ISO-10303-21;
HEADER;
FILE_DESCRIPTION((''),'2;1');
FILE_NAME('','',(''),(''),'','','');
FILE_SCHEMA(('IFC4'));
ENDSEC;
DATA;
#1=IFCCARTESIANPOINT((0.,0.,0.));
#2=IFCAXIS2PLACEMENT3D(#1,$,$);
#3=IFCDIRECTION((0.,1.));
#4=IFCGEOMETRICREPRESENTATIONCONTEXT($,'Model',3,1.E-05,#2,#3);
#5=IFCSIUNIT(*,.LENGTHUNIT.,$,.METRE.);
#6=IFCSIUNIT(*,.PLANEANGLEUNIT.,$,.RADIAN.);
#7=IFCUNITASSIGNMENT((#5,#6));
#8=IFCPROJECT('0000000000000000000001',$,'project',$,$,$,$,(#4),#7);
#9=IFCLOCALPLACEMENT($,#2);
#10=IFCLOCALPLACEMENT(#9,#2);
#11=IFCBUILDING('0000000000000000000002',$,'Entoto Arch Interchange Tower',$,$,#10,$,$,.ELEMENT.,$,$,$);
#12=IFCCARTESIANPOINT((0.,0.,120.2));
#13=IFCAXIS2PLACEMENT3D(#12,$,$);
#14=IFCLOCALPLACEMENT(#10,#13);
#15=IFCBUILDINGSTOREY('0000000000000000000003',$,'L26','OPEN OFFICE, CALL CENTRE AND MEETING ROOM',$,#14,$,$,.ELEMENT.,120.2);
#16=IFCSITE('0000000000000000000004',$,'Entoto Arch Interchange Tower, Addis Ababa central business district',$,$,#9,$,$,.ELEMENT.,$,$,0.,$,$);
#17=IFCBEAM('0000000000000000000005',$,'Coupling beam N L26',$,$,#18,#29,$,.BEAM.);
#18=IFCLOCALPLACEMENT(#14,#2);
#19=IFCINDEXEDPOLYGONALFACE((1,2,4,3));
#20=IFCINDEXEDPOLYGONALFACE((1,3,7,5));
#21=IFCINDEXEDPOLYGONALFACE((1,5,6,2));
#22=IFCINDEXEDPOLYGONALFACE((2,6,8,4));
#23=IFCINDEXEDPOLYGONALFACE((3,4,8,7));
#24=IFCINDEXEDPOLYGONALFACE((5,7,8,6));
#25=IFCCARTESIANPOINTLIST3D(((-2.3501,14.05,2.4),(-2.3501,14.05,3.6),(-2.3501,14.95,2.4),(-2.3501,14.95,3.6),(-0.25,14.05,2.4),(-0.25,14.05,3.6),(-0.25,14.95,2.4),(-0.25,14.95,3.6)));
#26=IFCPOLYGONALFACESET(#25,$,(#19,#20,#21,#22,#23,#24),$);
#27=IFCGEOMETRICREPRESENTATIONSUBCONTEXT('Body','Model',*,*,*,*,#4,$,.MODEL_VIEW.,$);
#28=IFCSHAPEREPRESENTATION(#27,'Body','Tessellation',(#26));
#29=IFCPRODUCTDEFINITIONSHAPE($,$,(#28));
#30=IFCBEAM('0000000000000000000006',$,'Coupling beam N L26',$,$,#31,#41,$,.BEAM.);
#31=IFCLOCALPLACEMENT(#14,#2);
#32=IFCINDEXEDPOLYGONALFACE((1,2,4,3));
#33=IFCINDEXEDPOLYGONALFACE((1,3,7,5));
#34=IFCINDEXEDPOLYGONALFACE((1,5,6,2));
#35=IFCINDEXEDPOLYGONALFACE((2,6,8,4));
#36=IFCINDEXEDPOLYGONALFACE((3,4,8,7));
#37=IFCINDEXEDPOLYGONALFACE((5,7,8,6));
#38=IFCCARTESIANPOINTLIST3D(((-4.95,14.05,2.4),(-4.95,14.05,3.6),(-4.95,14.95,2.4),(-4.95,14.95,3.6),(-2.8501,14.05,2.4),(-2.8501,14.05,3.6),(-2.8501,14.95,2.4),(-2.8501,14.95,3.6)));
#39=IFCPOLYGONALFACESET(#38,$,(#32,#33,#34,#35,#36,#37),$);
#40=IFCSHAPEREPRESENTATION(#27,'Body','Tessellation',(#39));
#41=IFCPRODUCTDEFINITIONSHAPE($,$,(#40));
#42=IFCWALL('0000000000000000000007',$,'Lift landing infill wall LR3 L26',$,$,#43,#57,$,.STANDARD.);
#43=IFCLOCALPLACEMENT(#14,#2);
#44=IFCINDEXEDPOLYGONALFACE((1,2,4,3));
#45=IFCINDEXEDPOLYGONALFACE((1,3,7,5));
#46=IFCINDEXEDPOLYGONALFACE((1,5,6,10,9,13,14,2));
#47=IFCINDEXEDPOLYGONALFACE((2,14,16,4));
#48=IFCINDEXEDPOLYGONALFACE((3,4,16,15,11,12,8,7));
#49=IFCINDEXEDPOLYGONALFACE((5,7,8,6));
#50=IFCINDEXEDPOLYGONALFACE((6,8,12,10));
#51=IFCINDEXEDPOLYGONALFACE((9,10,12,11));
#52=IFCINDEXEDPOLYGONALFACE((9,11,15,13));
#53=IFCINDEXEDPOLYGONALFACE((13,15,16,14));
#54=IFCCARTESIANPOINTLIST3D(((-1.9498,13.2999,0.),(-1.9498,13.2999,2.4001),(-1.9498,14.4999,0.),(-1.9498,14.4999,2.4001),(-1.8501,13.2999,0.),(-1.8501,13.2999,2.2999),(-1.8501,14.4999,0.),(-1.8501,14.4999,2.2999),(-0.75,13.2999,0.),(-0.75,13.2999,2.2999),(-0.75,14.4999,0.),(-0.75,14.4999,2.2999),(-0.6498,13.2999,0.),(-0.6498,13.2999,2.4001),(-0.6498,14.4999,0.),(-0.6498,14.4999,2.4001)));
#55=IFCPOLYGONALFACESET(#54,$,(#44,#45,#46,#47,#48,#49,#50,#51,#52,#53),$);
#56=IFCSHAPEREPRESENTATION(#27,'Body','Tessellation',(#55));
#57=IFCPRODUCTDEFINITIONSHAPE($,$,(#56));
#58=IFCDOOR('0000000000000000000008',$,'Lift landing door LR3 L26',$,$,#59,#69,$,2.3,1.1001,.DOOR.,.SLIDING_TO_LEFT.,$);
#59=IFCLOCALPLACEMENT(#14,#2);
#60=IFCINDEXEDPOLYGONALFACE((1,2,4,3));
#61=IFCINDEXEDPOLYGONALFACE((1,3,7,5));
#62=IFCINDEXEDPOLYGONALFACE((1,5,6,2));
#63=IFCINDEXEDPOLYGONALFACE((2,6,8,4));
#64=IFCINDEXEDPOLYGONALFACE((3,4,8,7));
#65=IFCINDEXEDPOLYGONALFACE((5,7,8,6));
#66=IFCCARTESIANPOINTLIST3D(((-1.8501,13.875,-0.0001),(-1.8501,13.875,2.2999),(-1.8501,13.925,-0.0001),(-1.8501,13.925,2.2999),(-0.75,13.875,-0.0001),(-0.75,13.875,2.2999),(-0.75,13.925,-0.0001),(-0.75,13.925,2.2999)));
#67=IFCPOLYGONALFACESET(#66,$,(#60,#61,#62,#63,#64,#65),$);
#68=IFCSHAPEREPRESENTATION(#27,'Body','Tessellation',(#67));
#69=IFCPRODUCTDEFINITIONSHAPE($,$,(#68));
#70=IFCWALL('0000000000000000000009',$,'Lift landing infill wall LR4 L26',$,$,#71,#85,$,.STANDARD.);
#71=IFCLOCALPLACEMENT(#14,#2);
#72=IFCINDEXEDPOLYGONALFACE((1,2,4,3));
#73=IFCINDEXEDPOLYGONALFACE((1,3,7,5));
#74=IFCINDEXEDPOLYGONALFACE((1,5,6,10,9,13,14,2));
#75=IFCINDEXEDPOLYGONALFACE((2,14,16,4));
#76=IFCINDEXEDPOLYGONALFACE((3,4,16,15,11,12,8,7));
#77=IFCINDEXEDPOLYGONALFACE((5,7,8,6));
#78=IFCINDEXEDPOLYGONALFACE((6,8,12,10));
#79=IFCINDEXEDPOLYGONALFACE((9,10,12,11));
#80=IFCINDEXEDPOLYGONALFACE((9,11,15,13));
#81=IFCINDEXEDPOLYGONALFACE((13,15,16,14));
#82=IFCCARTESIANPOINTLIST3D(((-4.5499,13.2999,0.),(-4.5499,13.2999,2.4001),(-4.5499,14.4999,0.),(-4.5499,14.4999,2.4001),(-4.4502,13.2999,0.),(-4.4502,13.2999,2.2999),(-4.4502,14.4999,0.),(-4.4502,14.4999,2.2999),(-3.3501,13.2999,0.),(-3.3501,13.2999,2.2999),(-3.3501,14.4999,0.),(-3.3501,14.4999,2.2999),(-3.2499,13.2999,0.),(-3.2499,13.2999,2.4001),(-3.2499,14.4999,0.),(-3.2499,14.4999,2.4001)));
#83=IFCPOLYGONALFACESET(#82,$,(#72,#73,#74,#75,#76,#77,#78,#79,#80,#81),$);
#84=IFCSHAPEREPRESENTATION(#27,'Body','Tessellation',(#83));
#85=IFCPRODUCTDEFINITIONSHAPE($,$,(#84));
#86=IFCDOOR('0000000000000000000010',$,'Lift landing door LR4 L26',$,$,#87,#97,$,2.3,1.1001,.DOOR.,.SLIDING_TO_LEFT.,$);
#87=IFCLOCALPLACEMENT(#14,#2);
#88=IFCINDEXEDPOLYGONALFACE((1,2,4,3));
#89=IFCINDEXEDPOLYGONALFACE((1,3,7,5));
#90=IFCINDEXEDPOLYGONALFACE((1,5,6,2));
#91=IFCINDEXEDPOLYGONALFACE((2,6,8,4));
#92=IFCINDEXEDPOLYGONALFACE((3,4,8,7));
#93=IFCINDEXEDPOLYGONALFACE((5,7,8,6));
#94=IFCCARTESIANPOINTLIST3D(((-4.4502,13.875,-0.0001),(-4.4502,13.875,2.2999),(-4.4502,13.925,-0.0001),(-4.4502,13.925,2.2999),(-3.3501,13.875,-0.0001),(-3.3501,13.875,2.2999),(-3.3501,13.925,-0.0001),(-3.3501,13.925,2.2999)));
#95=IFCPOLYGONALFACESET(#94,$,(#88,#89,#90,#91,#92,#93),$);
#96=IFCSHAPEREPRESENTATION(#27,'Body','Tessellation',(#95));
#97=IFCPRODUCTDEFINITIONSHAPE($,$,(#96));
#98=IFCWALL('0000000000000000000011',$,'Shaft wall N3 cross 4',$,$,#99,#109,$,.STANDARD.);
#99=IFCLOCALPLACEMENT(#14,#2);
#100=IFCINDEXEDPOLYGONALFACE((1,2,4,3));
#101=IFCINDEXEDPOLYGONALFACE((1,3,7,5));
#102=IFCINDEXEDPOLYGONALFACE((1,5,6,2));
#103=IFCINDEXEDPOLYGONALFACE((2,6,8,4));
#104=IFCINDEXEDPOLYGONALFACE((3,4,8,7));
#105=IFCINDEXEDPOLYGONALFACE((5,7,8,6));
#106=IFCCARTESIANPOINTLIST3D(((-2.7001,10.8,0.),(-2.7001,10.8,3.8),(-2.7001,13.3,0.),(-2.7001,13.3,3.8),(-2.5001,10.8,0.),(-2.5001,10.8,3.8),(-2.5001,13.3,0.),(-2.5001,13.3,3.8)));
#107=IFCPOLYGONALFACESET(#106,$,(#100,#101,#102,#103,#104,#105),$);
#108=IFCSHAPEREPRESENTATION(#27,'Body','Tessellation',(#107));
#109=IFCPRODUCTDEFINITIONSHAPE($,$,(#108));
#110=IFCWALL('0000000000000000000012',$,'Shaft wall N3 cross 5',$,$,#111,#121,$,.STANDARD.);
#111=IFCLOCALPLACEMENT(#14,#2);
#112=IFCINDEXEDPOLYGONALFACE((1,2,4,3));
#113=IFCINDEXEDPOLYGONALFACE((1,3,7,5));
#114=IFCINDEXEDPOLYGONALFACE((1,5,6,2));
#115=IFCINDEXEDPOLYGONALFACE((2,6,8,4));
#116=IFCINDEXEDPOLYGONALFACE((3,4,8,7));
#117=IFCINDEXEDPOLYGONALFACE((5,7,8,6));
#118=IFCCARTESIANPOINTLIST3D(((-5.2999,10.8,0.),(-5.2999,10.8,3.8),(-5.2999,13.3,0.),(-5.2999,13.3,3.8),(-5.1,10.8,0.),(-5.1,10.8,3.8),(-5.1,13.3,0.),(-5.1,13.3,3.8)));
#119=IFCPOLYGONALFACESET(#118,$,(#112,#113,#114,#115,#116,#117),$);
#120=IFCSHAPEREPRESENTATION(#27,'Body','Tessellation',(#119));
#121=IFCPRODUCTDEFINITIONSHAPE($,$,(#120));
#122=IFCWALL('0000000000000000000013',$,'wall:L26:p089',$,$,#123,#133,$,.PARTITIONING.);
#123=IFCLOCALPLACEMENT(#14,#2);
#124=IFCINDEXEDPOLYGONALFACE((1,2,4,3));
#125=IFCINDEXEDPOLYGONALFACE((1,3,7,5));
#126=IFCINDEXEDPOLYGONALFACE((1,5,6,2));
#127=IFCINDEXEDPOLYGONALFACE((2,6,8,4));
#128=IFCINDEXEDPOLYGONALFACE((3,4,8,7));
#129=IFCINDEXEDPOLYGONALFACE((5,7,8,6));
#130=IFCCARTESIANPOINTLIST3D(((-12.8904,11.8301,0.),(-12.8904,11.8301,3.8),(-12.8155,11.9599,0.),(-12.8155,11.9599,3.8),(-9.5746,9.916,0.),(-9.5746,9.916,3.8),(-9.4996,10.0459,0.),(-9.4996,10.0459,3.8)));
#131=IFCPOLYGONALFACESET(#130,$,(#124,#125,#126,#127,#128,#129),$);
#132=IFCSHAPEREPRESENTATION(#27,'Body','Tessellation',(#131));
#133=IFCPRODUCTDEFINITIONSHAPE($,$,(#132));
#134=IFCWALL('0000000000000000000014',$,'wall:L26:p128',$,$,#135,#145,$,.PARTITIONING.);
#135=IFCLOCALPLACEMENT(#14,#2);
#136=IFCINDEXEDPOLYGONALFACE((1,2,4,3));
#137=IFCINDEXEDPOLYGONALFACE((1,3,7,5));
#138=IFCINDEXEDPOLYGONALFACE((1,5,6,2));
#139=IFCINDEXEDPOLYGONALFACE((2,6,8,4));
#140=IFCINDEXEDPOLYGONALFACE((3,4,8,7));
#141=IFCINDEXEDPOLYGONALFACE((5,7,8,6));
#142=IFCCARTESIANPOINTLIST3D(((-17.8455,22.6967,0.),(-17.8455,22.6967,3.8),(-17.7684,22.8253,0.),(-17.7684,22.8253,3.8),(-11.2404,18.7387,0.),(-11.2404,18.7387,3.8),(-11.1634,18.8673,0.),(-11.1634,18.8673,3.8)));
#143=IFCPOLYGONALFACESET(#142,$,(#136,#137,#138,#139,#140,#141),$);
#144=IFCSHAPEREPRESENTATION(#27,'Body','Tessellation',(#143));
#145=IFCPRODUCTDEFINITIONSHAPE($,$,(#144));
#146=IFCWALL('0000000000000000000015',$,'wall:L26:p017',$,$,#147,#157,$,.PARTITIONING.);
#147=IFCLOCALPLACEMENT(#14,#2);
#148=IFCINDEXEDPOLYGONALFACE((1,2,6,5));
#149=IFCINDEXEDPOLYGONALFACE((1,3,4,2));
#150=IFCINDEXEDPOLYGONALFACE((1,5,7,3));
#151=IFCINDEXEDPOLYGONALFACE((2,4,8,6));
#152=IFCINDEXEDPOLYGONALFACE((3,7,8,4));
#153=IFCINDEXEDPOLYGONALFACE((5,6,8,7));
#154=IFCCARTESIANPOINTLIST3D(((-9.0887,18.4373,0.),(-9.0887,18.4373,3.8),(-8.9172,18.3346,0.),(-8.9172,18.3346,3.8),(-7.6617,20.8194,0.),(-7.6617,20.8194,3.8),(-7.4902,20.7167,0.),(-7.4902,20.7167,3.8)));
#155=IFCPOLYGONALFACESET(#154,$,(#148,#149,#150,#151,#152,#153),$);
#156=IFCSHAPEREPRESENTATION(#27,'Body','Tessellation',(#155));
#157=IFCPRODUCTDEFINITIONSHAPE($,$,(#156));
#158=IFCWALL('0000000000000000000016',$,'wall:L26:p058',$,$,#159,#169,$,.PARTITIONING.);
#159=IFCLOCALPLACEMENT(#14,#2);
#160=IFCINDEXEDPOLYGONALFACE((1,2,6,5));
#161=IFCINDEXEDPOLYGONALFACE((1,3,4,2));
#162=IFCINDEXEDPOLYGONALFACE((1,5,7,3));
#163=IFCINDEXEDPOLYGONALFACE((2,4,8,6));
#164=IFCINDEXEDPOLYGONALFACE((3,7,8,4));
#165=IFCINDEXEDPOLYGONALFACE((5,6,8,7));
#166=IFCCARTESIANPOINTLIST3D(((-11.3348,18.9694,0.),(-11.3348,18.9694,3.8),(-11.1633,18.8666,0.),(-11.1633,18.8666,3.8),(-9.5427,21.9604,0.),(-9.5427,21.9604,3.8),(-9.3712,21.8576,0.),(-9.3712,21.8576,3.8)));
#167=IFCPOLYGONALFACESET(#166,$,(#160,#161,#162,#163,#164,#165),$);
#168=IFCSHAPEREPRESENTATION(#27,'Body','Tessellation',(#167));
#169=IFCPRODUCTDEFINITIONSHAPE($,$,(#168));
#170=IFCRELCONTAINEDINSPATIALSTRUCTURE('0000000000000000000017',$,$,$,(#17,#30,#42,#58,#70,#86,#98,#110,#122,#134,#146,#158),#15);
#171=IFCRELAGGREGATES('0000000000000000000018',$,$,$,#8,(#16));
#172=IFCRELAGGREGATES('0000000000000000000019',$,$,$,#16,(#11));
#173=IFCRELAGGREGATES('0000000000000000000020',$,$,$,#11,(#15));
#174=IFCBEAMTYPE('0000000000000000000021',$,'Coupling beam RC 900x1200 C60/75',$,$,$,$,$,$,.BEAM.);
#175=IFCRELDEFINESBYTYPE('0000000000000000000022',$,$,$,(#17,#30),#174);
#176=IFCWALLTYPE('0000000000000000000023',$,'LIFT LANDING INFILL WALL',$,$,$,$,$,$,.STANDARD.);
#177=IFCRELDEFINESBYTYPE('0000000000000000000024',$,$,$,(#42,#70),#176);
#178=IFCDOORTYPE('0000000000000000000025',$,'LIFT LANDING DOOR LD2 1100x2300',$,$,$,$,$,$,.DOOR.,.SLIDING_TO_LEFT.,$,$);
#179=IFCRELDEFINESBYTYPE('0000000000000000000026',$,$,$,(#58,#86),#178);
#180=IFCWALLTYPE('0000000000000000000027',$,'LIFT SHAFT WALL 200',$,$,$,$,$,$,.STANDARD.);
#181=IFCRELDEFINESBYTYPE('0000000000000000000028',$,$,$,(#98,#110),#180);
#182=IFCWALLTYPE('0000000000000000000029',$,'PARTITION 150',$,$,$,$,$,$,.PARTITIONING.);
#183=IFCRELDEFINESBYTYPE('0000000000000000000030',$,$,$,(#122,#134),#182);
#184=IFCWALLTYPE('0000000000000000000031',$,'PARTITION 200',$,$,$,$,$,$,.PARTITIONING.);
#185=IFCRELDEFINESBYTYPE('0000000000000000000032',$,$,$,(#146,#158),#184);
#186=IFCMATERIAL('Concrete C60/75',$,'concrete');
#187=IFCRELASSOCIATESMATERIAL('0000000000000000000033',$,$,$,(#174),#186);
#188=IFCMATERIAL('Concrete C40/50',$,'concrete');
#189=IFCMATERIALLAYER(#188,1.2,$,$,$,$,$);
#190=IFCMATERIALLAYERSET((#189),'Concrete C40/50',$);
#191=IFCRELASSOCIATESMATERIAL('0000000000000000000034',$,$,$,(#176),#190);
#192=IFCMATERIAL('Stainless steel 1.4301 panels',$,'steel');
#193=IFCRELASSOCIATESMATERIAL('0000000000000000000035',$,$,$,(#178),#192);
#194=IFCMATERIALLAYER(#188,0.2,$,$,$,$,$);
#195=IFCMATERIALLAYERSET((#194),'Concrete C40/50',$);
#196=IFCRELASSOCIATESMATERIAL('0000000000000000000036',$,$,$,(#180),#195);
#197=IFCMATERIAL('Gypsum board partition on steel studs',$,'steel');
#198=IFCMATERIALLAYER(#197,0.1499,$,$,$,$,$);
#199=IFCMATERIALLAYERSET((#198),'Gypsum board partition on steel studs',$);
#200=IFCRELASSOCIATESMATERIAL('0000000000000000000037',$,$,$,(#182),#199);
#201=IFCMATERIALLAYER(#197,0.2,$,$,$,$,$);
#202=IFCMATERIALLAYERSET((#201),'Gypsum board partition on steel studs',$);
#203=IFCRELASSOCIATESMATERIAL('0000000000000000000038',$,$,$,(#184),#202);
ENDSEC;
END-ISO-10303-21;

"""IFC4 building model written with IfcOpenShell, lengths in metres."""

from ifc_helpers import new_model, si_unit, direction, frame, frame_2d, origin, origin_2d, place, context, subcontext, project, spatial, rectangle, extrude, material, layer, layer_set, material_profile, profile_set, type_object, element, fill, save


model = new_model("IFC4")

# Units and contexts
model_context = context("Model", 3, precision=1e-05, world=origin(), true_north=direction((0.0, 1.0)))
body_context = subcontext(model_context, "Body", "Model", "MODEL_VIEW")
ifc_project = project(units=[si_unit("LENGTHUNIT", "METRE"), si_unit("PLANEANGLEUNIT", "RADIAN")], contexts=[model_context])

# Site, building, storey
site_placement = place(None, origin())
site = spatial("IfcSite", under=ifc_project, at=site_placement, Name="Entoto Arch Interchange Tower, Addis Ababa central business district", CompositionType="ELEMENT", RefElevation=0.0)
building_placement = place(site_placement, origin())
building = spatial("IfcBuilding", under=site, at=building_placement, Name="Entoto Arch Interchange Tower", CompositionType="ELEMENT")
storey_placement = place(building_placement, frame((0.0, 0.0, 120.2)))
storey = spatial("IfcBuildingStorey", under=building, at=storey_placement, Name="L26", Description="OPEN OFFICE, CALL CENTRE AND MEETING ROOM", CompositionType="ELEMENT", Elevation=120.2)

# Beams
ifc_material_1 = material(Name="Concrete C60/75", Category="concrete")
ifc_material_profile = material_profile(ifc_material_1, rectangle(XDim=0.8999, YDim=1.2, at=origin_2d()))
ifc_profile_set = profile_set([ifc_material_profile], Name="Concrete C60/75")
beam_type = type_object("IfcBeamType", Name="Coupling beam RC 900x1200 C60/75", PredefinedType="BEAM", material=ifc_profile_set)
beam_1_placement = place(storey_placement, frame((-0.25, 14.5, 3.0), z_axis=(-1.0, 0.0, 0.0), x_axis=(0.0, -1.0, 0.0)))
element("IfcBeam", 1, at=beam_1_placement, inside=storey, type_object=beam_type, Name="Coupling beam N L26", PredefinedType="BEAM", context=body_context, shape_type="SweptSolid", body=[
    extrude(rectangle(XDim=0.8999, YDim=1.2, at=origin_2d()), origin(), (0.0, 0.0, 1.0), 2.1001),
])
beam_2_placement = place(storey_placement, frame((-2.8501, 14.5, 3.0), z_axis=(-1.0, 0.0, 0.0), x_axis=(0.0, -1.0, 0.0)))
element("IfcBeam", 2, at=beam_2_placement, inside=storey, type_object=beam_type, Name="Coupling beam N L26", PredefinedType="BEAM", context=body_context, shape_type="SweptSolid", body=[
    extrude(rectangle(XDim=0.8999, YDim=1.2, at=origin_2d()), origin(), (0.0, 0.0, 1.0), 2.0999),
])

# Walls, openings, doors
ifc_material_2 = material(Name="Concrete C40/50", Category="concrete")
ifc_layer_1 = layer(ifc_material_2, 1.2)
ifc_layer_set_1 = layer_set([ifc_layer_1], Name="Concrete C40/50")
wall_type_1 = type_object("IfcWallType", Name="LIFT LANDING INFILL WALL", PredefinedType="STANDARD", material=ifc_layer_set_1)
wall_1_placement = place(storey_placement, frame((-0.6499, 13.8999, 0.0), z_axis=(0.0, 0.0, 1.0), x_axis=(-1.0, 0.0, 0.0)))
wall_1 = element("IfcWall", 3, at=wall_1_placement, inside=storey, type_object=wall_type_1, Name="Lift landing infill wall LR3 L26", PredefinedType="STANDARD", context=body_context, shape_type="SweptSolid", body=[
    extrude(rectangle(XDim=1.3, YDim=1.2, at=frame_2d((0.6499, 0.0))), origin(), (0.0, 0.0, 1.0), 2.4001),
])
opening_1_placement = place(wall_1_placement, frame((0.1001, 0.0, 0.0)))
opening_1 = element("IfcOpeningElement", 4, at=opening_1_placement, cuts=wall_1, PredefinedType="OPENING", context=body_context, shape_type="SweptSolid", body=[
    extrude(rectangle(XDim=1.1001, YDim=2.3, at=frame_2d((0.55, 1.1499))), frame((0.0, 0.6099, 0.0), z_axis=(0.0, -1.0, 0.0), x_axis=(1.0, 0.0, 0.0)), (0.0, 0.0, 1.0), 1.22),
])
ifc_material_3 = material(Name="Stainless steel 1.4301 panels", Category="steel")
door_type_1 = type_object("IfcDoorType", Name="LIFT LANDING DOOR LD2 1100x2300", OperationType="SLIDING_TO_LEFT", PredefinedType="DOOR", material=ifc_material_3)
door_1_placement = place(opening_1_placement, origin())
door_1 = element("IfcDoor", 5, at=door_1_placement, inside=storey, type_object=door_type_1, Name="Lift landing door LR3 L26", OperationType="SLIDING_TO_LEFT", OverallHeight=2.3, OverallWidth=1.1001, PredefinedType="DOOR", context=body_context, shape_type="SweptSolid", body=[
    extrude(rectangle(XDim=1.1001, YDim=2.3, at=frame_2d((0.55, 1.1499))), frame((0.0, 0.0249, 0.0), z_axis=(0.0, -1.0, 0.0), x_axis=(1.0, 0.0, 0.0)), (0.0, 0.0, 1.0), 0.05),
])
fill(opening_1, door_1)
wall_2_placement = place(storey_placement, frame((-3.25, 13.8999, 0.0), z_axis=(0.0, 0.0, 1.0), x_axis=(-1.0, 0.0, 0.0)))
wall_2 = element("IfcWall", 6, at=wall_2_placement, inside=storey, type_object=wall_type_1, Name="Lift landing infill wall LR4 L26", PredefinedType="STANDARD", context=body_context, shape_type="SweptSolid", body=[
    extrude(rectangle(XDim=1.3, YDim=1.2, at=frame_2d((0.6499, 0.0))), origin(), (0.0, 0.0, 1.0), 2.4001),
])
opening_2_placement = place(wall_2_placement, frame((0.1001, 0.0, 0.0)))
opening_2 = element("IfcOpeningElement", 7, at=opening_2_placement, cuts=wall_2, PredefinedType="OPENING", context=body_context, shape_type="SweptSolid", body=[
    extrude(rectangle(XDim=1.1001, YDim=2.3, at=frame_2d((0.55, 1.1499))), frame((0.0, 0.6099, 0.0), z_axis=(0.0, -1.0, 0.0), x_axis=(1.0, 0.0, 0.0)), (0.0, 0.0, 1.0), 1.22),
])
door_2_placement = place(opening_2_placement, origin())
door_2 = element("IfcDoor", 8, at=door_2_placement, inside=storey, type_object=door_type_1, Name="Lift landing door LR4 L26", OperationType="SLIDING_TO_LEFT", OverallHeight=2.3, OverallWidth=1.1001, PredefinedType="DOOR", context=body_context, shape_type="SweptSolid", body=[
    extrude(rectangle(XDim=1.1001, YDim=2.3, at=frame_2d((0.55, 1.1499))), frame((0.0, 0.0249, 0.0), z_axis=(0.0, -1.0, 0.0), x_axis=(1.0, 0.0, 0.0)), (0.0, 0.0, 1.0), 0.05),
])
fill(opening_2, door_2)

# Walls
ifc_layer_2 = layer(ifc_material_2, 0.2)
ifc_layer_set_2 = layer_set([ifc_layer_2], Name="Concrete C40/50")
wall_type_2 = type_object("IfcWallType", Name="LIFT SHAFT WALL 200", PredefinedType="STANDARD", material=ifc_layer_set_2)
for number, where, z_axis, x_axis, name in (
    (9, (-2.6001, 10.8, 0.0), (0.0, 0.0, 1.0), (0.0, 1.0, 0.0), "Shaft wall N3 cross 4"),
    (10, (-5.2, 10.8, 0.0), (0.0, 0.0, 1.0), (0.0, 1.0, 0.0), "Shaft wall N3 cross 5"),
):
    element("IfcWall", number, at=place(storey_placement, frame(where, z_axis=z_axis, x_axis=x_axis)), inside=storey, type_object=wall_type_2, Name=name, PredefinedType="STANDARD", context=body_context, shape_type="SweptSolid", body=[
        extrude(rectangle(XDim=2.5, YDim=0.2, at=frame_2d((1.25, 0.0))), origin(), (0.0, 0.0, 1.0), 3.8),
    ])
ifc_material_4 = material(Name="Gypsum board partition on steel studs", Category="steel")
ifc_layer_3 = layer(ifc_material_4, 0.1499)
ifc_layer_set_3 = layer_set([ifc_layer_3], Name="Gypsum board partition on steel studs")
wall_type_3 = type_object("IfcWallType", Name="PARTITION 150", PredefinedType="PARTITIONING", material=ifc_layer_set_3)
wall_3_placement = place(storey_placement, frame((-9.5371, 9.981, 0.0), z_axis=(0.0, 0.0, 1.0), x_axis=(-0.866069, 0.499925, 0.0)))
element("IfcWall", 11, at=wall_3_placement, inside=storey, type_object=wall_type_3, Name="wall:L26:p089", PredefinedType="PARTITIONING", context=body_context, shape_type="SweptSolid", body=[
    extrude(rectangle(XDim=3.8286, YDim=0.1499, at=frame_2d((1.9143, 0.0))), origin(), (0.0, 0.0, 1.0), 3.8),
])
wall_4_placement = place(storey_placement, frame((-11.2019, 18.803, 0.0), z_axis=(0.0, 0.0, 1.0), x_axis=(-0.857778, 0.51402, 0.0)))
element("IfcWall", 12, at=wall_4_placement, inside=storey, type_object=wall_type_3, Name="wall:L26:p128", PredefinedType="PARTITIONING", context=body_context, shape_type="SweptSolid", body=[
    extrude(rectangle(XDim=7.7002, YDim=0.1499, at=frame_2d((3.8501, 0.0))), origin(), (0.0, 0.0, 1.0), 3.8),
])
ifc_layer_4 = layer(ifc_material_4, 0.2)
ifc_layer_set_4 = layer_set([ifc_layer_4], Name="Gypsum board partition on steel studs")
wall_type_4 = type_object("IfcWallType", Name="PARTITION 200", PredefinedType="PARTITIONING", material=ifc_layer_set_4)
wall_5_placement = place(storey_placement, frame((-7.5759, 20.7681, 0.0), z_axis=(0.0, 0.0, 1.0), x_axis=(-0.513901, -0.85785, 0.0)))
element("IfcWall", 13, at=wall_5_placement, inside=storey, type_object=wall_type_4, Name="wall:L26:p017", PredefinedType="PARTITIONING", context=body_context, shape_type="SweptSolid", body=[
    extrude(rectangle(XDim=2.7769, YDim=0.2, at=frame_2d((1.3884, 0.0))), origin(), (0.0, 0.0, 1.0), 3.8),
])
wall_6_placement = place(storey_placement, frame((-11.249, 18.918, 0.0), z_axis=(0.0, 0.0, 1.0), x_axis=(0.51395, 0.85782, 0.0)))
element("IfcWall", 14, at=wall_6_placement, inside=storey, type_object=wall_type_4, Name="wall:L26:p058", PredefinedType="PARTITIONING", context=body_context, shape_type="SweptSolid", body=[
    extrude(rectangle(XDim=3.4868, YDim=0.2, at=frame_2d((1.7434, 0.0))), origin(), (0.0, 0.0, 1.0), 3.8),
])

save(model, "model.ifc")
